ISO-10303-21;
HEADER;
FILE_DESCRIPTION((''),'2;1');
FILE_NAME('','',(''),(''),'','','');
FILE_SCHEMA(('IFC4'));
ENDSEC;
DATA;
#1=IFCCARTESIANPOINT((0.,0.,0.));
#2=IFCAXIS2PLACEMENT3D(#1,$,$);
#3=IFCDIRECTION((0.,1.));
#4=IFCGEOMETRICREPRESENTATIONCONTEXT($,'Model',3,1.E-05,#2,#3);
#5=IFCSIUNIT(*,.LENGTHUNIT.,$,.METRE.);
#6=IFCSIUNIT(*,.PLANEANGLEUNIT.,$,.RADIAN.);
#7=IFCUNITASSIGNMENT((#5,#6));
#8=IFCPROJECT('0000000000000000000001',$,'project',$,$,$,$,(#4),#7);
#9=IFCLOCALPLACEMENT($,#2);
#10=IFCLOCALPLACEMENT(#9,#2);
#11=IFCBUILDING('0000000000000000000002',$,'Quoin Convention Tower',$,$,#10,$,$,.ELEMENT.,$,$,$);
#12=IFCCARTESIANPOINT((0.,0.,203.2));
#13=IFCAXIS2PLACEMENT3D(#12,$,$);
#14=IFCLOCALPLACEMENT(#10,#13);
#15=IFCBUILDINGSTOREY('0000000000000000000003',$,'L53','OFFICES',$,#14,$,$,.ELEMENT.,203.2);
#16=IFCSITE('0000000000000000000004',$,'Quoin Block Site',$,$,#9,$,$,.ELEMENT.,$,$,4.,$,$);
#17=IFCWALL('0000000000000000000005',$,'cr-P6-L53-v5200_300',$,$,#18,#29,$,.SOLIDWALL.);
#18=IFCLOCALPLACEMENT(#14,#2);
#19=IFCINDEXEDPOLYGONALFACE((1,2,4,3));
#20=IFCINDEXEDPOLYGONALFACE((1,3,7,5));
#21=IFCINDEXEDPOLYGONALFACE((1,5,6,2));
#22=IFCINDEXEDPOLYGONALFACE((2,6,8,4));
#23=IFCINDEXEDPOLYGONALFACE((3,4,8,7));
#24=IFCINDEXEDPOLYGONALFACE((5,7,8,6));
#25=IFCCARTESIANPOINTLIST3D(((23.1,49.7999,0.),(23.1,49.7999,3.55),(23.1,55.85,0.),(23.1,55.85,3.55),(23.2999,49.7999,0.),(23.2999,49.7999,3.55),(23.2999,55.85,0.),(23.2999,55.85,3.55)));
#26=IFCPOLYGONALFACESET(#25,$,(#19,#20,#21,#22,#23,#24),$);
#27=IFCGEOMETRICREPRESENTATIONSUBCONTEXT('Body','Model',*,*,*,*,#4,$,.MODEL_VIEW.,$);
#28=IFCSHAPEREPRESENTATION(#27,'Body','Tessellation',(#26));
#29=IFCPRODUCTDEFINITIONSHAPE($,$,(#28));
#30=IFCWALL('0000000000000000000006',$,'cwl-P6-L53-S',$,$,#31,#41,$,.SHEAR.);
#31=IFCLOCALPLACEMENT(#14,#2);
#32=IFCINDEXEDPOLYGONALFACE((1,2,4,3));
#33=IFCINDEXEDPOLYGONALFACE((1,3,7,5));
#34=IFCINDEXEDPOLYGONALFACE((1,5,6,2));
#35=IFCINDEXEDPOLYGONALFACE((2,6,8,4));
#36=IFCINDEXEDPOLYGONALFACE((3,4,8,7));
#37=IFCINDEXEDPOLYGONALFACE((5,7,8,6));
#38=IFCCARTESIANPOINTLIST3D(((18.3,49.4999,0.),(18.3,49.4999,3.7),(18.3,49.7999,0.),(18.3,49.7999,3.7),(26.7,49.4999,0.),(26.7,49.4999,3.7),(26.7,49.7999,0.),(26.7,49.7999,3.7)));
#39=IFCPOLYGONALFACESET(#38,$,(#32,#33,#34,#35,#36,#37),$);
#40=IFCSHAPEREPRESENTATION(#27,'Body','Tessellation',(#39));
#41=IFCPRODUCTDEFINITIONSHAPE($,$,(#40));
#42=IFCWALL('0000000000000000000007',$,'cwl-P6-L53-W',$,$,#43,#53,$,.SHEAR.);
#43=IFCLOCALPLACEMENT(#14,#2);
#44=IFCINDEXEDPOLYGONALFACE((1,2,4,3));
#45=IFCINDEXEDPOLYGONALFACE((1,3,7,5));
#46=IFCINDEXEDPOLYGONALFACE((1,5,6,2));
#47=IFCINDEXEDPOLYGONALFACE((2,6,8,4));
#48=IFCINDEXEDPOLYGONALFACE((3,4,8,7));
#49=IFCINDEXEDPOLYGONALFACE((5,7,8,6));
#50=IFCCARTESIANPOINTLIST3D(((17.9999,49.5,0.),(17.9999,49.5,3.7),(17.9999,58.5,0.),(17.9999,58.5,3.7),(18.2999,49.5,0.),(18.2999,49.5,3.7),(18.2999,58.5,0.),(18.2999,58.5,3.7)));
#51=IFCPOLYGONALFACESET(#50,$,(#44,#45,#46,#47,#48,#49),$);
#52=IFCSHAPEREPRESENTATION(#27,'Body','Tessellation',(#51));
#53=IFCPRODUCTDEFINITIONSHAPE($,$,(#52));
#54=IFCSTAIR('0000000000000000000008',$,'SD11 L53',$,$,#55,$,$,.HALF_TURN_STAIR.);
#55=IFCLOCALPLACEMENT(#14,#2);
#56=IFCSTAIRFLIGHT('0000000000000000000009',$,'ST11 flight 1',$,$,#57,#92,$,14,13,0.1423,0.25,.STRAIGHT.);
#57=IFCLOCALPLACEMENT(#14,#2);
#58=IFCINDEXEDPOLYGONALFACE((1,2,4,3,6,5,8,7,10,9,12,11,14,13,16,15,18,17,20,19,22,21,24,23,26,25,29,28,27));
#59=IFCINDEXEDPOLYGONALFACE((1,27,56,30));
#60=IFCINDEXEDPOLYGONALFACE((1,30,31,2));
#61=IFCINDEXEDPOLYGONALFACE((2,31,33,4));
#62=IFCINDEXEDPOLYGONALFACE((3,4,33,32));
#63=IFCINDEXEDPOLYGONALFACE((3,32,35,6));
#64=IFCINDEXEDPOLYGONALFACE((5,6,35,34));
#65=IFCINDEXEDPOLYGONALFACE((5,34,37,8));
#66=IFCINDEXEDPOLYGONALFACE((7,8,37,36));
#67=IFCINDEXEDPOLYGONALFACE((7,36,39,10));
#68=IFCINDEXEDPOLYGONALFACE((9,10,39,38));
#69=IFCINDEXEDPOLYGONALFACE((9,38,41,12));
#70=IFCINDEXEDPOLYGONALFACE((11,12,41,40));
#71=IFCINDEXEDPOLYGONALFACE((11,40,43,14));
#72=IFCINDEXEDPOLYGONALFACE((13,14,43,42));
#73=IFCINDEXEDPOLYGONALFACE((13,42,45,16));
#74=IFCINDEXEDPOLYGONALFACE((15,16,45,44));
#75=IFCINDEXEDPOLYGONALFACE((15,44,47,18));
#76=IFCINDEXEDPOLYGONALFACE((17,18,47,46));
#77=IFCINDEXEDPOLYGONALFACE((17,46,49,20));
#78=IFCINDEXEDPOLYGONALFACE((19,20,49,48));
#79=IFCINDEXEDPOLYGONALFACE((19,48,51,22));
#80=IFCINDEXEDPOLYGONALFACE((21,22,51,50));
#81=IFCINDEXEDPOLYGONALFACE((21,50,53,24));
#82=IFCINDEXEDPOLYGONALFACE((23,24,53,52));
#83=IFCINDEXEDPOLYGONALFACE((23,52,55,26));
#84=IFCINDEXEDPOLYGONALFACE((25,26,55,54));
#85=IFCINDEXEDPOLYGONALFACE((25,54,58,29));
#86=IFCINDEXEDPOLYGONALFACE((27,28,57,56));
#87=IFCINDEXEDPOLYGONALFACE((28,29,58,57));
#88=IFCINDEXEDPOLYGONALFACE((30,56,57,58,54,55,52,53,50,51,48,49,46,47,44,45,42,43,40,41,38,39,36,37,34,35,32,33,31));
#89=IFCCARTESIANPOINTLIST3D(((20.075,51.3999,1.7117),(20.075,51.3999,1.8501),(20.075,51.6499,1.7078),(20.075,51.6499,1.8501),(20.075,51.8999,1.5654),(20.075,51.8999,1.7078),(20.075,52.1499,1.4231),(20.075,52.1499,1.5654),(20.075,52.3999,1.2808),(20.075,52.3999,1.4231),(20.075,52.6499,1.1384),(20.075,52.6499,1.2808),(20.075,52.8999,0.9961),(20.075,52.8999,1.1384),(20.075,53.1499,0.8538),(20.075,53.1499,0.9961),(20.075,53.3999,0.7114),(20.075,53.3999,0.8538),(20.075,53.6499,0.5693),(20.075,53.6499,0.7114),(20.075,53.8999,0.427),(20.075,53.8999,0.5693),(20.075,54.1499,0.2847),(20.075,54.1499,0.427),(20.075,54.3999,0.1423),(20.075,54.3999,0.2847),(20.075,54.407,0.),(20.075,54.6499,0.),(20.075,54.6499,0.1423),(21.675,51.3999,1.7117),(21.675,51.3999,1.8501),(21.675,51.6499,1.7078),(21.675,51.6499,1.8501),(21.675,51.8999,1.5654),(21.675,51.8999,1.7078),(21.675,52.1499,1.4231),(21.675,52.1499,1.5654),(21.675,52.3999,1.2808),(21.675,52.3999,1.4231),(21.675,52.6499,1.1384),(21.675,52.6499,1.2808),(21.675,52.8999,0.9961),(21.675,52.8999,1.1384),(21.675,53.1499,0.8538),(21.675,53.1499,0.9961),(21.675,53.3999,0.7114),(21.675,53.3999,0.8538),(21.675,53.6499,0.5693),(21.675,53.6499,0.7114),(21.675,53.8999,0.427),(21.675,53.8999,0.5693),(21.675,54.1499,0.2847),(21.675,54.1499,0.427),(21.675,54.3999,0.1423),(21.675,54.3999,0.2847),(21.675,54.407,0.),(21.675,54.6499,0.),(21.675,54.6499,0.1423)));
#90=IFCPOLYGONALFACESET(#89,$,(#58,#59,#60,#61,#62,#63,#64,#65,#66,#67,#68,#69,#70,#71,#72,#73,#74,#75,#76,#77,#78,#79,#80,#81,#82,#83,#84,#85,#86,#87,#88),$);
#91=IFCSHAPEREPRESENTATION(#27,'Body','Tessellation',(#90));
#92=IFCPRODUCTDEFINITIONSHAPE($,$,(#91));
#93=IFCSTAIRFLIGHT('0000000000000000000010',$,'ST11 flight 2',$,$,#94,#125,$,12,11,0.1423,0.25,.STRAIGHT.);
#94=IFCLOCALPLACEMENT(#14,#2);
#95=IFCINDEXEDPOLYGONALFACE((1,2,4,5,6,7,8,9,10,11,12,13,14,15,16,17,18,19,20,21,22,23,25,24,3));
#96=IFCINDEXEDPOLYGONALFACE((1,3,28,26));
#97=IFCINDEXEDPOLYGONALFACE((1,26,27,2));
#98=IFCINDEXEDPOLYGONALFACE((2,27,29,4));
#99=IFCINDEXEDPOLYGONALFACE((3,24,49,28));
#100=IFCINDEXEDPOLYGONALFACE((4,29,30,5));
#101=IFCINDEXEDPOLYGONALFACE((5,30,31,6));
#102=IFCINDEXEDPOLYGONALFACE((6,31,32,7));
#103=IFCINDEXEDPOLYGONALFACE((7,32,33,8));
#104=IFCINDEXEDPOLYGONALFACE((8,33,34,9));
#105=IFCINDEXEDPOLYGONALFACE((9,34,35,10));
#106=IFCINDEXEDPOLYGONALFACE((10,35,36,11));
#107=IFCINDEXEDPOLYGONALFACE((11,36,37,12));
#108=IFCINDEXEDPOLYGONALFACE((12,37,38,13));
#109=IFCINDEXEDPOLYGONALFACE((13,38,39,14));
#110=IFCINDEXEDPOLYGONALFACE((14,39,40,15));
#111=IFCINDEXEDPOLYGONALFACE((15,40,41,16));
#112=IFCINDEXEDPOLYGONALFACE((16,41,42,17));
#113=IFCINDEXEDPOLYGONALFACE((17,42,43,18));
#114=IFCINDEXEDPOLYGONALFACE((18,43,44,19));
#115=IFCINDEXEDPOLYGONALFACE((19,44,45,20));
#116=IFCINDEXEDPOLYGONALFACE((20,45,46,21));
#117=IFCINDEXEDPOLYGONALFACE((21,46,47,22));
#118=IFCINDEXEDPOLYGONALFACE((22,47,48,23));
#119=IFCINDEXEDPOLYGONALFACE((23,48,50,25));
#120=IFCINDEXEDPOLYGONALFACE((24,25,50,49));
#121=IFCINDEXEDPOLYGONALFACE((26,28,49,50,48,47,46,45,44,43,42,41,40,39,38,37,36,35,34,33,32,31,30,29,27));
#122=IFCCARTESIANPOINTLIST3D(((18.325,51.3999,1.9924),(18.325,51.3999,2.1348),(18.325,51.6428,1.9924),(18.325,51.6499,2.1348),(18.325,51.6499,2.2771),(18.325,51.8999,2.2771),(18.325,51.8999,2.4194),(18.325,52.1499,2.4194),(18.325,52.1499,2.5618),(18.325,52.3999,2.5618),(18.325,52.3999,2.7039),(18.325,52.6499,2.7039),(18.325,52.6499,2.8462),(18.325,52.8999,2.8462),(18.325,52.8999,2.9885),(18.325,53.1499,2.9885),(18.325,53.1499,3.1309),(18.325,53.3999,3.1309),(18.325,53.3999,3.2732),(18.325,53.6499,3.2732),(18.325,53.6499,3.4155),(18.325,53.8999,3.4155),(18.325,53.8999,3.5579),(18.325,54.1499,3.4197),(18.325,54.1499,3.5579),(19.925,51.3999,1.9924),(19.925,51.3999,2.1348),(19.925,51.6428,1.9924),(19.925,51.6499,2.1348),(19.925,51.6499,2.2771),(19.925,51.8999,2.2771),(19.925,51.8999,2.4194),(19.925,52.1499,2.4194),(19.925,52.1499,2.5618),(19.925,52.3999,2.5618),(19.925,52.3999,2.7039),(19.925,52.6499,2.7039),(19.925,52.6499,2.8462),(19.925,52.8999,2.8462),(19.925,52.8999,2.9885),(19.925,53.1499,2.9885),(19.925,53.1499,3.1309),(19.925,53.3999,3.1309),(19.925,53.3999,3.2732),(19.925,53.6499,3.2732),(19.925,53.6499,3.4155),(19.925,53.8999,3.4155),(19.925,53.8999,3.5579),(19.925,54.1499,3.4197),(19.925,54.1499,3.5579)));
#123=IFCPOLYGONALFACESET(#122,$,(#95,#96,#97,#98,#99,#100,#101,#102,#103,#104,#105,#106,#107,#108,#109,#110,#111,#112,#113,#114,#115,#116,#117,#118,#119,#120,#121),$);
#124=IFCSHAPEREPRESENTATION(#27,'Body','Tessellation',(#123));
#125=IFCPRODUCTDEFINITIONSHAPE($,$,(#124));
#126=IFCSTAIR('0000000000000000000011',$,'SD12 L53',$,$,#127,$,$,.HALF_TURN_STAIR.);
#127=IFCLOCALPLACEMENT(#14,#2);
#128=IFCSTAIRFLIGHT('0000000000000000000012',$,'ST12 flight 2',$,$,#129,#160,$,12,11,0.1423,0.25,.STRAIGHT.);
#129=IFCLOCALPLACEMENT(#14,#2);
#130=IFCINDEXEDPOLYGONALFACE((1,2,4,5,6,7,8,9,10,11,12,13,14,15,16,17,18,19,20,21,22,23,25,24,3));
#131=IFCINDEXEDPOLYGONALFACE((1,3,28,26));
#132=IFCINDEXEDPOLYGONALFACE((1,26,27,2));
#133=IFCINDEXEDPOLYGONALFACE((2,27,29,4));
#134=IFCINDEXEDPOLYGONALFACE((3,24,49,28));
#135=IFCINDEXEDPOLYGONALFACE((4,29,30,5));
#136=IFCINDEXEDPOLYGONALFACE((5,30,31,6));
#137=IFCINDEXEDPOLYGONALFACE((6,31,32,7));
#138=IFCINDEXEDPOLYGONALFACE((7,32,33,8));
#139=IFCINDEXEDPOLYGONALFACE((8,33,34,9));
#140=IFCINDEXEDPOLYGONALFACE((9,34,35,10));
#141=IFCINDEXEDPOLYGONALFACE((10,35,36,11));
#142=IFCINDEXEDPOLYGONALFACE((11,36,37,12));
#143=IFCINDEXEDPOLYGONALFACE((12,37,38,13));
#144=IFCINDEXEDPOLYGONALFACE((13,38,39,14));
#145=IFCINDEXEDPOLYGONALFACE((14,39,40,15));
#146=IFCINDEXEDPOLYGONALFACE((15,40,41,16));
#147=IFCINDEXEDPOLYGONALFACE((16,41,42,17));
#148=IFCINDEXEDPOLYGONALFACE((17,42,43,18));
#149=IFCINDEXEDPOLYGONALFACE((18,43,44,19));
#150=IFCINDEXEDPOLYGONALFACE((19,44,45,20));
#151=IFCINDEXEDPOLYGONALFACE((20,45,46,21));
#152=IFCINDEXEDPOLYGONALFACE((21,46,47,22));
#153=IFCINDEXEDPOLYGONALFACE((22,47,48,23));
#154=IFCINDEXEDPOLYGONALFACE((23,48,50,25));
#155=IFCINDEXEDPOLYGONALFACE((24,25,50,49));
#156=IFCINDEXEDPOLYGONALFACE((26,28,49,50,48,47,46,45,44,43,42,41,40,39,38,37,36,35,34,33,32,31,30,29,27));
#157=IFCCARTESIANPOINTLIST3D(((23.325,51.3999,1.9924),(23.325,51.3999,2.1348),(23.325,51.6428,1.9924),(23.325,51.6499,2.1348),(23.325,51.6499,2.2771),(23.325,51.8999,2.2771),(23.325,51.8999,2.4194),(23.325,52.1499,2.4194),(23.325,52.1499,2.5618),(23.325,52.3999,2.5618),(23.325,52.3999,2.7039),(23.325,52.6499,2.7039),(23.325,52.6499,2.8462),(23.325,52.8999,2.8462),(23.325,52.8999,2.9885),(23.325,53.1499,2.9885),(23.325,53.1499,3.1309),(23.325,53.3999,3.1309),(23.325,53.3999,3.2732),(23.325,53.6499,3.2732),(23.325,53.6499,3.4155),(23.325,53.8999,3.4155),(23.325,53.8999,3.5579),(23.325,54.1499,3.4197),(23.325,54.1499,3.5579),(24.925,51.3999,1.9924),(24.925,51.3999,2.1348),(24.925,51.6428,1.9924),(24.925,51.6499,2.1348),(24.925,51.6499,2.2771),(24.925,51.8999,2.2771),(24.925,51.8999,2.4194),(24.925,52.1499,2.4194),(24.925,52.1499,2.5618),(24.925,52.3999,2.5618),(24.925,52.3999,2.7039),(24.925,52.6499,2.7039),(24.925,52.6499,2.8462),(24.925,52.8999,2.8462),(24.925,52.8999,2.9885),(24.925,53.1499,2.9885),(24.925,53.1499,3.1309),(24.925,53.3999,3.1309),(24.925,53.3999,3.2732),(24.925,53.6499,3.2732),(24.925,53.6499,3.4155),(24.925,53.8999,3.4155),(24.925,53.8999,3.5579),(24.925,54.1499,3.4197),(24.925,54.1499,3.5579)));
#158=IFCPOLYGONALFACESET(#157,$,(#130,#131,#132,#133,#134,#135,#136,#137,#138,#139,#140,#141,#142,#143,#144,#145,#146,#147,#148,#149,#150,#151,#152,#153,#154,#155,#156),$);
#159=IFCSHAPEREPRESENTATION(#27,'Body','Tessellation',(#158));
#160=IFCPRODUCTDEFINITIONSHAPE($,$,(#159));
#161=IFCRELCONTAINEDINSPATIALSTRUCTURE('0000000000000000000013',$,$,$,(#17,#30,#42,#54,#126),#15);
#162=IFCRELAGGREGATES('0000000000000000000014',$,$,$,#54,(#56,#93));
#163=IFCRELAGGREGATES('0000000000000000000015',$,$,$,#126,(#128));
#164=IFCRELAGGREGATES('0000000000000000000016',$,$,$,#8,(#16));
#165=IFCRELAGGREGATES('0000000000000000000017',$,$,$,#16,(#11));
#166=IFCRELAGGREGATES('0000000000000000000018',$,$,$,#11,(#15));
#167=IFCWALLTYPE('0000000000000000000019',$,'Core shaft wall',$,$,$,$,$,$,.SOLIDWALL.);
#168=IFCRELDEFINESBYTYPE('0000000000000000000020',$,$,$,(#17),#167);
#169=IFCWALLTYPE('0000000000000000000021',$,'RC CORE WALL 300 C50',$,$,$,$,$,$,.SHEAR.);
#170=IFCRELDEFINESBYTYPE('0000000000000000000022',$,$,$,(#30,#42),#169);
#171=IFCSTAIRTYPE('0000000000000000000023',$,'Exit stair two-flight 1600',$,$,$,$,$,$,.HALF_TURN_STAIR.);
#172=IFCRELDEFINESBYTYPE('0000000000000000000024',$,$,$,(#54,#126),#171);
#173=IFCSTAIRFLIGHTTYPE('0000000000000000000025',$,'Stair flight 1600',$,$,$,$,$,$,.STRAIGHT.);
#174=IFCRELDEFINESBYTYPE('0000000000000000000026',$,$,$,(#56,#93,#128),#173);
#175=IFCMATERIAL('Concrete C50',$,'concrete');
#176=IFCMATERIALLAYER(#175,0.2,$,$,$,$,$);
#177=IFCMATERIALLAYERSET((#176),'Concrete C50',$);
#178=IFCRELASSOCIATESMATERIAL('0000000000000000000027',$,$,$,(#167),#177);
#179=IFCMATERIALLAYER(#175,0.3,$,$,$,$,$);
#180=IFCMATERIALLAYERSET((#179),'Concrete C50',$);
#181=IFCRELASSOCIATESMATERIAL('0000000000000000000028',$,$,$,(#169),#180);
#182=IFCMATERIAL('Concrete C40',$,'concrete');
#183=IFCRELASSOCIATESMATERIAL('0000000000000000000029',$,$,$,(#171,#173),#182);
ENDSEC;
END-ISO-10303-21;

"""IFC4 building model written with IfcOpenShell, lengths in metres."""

from ifc_helpers import new_model, si_unit, direction, frame, frame_2d, origin, place, context, subcontext, project, spatial, polyline, rectangle, outline, extrude, material, layer, layer_set, type_object, element, aggregate, save


model = new_model("IFC4")

# Units and contexts
model_context = context("Model", 3, precision=1e-05, world=origin(), true_north=direction((0.0, 1.0)))
body_context = subcontext(model_context, "Body", "Model", "MODEL_VIEW")
ifc_project = project(units=[si_unit("LENGTHUNIT", "METRE"), si_unit("PLANEANGLEUNIT", "RADIAN")], contexts=[model_context])

# Site, building, storey
site_placement = place(None, origin())
site = spatial("IfcSite", under=ifc_project, at=site_placement, Name="Quoin Block Site", CompositionType="ELEMENT", RefElevation=4.0)
building_placement = place(site_placement, origin())
building = spatial("IfcBuilding", under=site, at=building_placement, Name="Quoin Convention Tower", CompositionType="ELEMENT")
storey_placement = place(building_placement, frame((0.0, 0.0, 203.2)))
storey = spatial("IfcBuildingStorey", under=building, at=storey_placement, Name="L53", Description="OFFICES", CompositionType="ELEMENT", Elevation=203.2)

# Shared definitions
ifc_material_1 = material(Name="Concrete C50", Category="concrete")

# Shared definitions
ifc_layer_1 = layer(ifc_material_1, 0.2)
ifc_layer_set_1 = layer_set([ifc_layer_1], Name="Concrete C50")
wall_type_1 = type_object("IfcWallType", Name="Core shaft wall", PredefinedType="SOLIDWALL", material=ifc_layer_set_1)

# Walls
for number, where, z_axis, x_axis, name in (
    (1, (23.2, 49.8, 0.0), (0.0, 0.0, 1.0), (0.0, 1.0, 0.0), "cr-P6-L53-v5200_300"),
):
    element("IfcWall", number, at=place(storey_placement, frame(where, z_axis=z_axis, x_axis=x_axis)), inside=storey, type_object=wall_type_1, Name=name, PredefinedType="SOLIDWALL", context=body_context, shape_type="SweptSolid", body=[
        extrude(rectangle(XDim=6.05, YDim=0.2, at=frame_2d((3.0249, 0.0))), origin(), (0.0, 0.0, 1.0), 3.55),
    ])
ifc_layer_2 = layer(ifc_material_1, 0.3)
ifc_layer_set_2 = layer_set([ifc_layer_2], Name="Concrete C50")
wall_type_2 = type_object("IfcWallType", Name="RC CORE WALL 300 C50", PredefinedType="SHEAR", material=ifc_layer_set_2)
wall_1_placement = place(storey_placement, frame((18.3, 49.6499, 0.0), z_axis=(0.0, 0.0, 1.0), x_axis=(1.0, 0.0, 0.0)))
element("IfcWall", 2, at=wall_1_placement, inside=storey, type_object=wall_type_2, Name="cwl-P6-L53-S", PredefinedType="SHEAR", context=body_context, shape_type="SweptSolid", body=[
    extrude(rectangle(XDim=8.3999, YDim=0.3, at=frame_2d((4.2, 0.0))), origin(), (0.0, 0.0, 1.0), 3.7),
])
wall_2_placement = place(storey_placement, frame((18.1499, 49.5, 0.0), z_axis=(0.0, 0.0, 1.0), x_axis=(0.0, 1.0, 0.0)))
element("IfcWall", 3, at=wall_2_placement, inside=storey, type_object=wall_type_2, Name="cwl-P6-L53-W", PredefinedType="SHEAR", context=body_context, shape_type="SweptSolid", body=[
    extrude(rectangle(XDim=9.0, YDim=0.3, at=frame_2d((4.5, 0.0))), origin(), (0.0, 0.0, 1.0), 3.7),
])

# Stair, stair flights
ifc_material_2 = material(Name="Concrete C40", Category="concrete")
stair_type = type_object("IfcStairType", Name="Exit stair two-flight 1600", PredefinedType="HALF_TURN_STAIR", material=ifc_material_2)
stair_1_placement = place(storey_placement, origin())
stair_1 = element("IfcStair", 4, at=stair_1_placement, inside=storey, type_object=stair_type, Name="SD11 L53", PredefinedType="HALF_TURN_STAIR")
stair_flight_type = type_object("IfcStairFlightType", Name="Stair flight 1600", PredefinedType="STRAIGHT", material=ifc_material_2)
stair_flight_1_placement = place(storey_placement, frame((20.875, 54.6499, 0.0), z_axis=(0.0, 0.0, 1.0), x_axis=(0.0, -1.0, 0.0)))
stair_flight_1 = element("IfcStairFlight", 5, at=stair_flight_1_placement, type_object=stair_flight_type, Name="ST11 flight 1", NumberOfRisers=14, NumberOfTreads=13, PredefinedType="STRAIGHT", RiserHeight=0.1423, TreadLength=0.25, context=body_context, shape_type="SweptSolid", body=[
    extrude(outline(polyline([(0.0, 0.0), (0.0, 0.1423), (0.25, 0.1423), (0.25, 0.2847), (0.5, 0.2847), (0.5, 0.427), (0.75, 0.427), (0.75, 0.5693), (1.0, 0.5693), (1.0, 0.7114), (1.25, 0.7114), (1.25, 0.8538), (1.5, 0.8538), (1.5, 0.9961), (1.75, 0.9961), (1.75, 1.1384), (2.0, 1.1384), (2.0, 1.2808), (2.25, 1.2808), (2.25, 1.4231), (2.5, 1.4231), (2.5, 1.5654), (2.75, 1.5654), (2.75, 1.7078), (3.0, 1.7078), (3.0, 1.8501), (3.25, 1.8501), (3.25, 1.9922), (3.25, 1.7117), (0.2429, 0.0), (0.0, 0.0)])), frame((0.0, 0.8, 0.0), z_axis=(0.0, -1.0, 0.0), x_axis=(1.0, 0.0, 0.0)), (0.0, 0.0, 1.0), 1.6001),
])
stair_flight_2_placement = place(storey_placement, frame((19.125, 51.3999, 1.9924), z_axis=(0.0, 0.0, 1.0), x_axis=(0.0, 1.0, 0.0)))
stair_flight_2 = element("IfcStairFlight", 6, at=stair_flight_2_placement, type_object=stair_flight_type, Name="ST11 flight 2", NumberOfRisers=12, NumberOfTreads=11, PredefinedType="STRAIGHT", RiserHeight=0.1423, TreadLength=0.25, context=body_context, shape_type="SweptSolid", body=[
    extrude(outline(polyline([(0.0, 0.0), (0.0, 0.1423), (0.25, 0.1423), (0.25, 0.2847), (0.5, 0.2847), (0.5, 0.427), (0.75, 0.427), (0.75, 0.5693), (1.0, 0.5693), (1.0, 0.7114), (1.25, 0.7114), (1.25, 0.8538), (1.5, 0.8538), (1.5, 0.9961), (1.75, 0.9961), (1.75, 1.1384), (2.0, 1.1384), (2.0, 1.2808), (2.25, 1.2808), (2.25, 1.4231), (2.5, 1.4231), (2.5, 1.5654), (2.75, 1.5654), (2.75, 1.7078), (2.75, 1.4272), (0.2429, 0.0), (0.0, 0.0)])), frame((0.0, 0.8, 0.0), z_axis=(0.0, -1.0, 0.0), x_axis=(1.0, 0.0, 0.0)), (0.0, 0.0, 1.0), 1.6001),
])
aggregate(stair_1, [stair_flight_1, stair_flight_2])

# Stair, stair flight
stair_2_placement = place(storey_placement, origin())
stair_2 = element("IfcStair", 7, at=stair_2_placement, inside=storey, type_object=stair_type, Name="SD12 L53", PredefinedType="HALF_TURN_STAIR")
stair_flight_3_placement = place(storey_placement, frame((24.125, 51.3999, 1.9924), z_axis=(0.0, 0.0, 1.0), x_axis=(0.0, 1.0, 0.0)))
stair_flight_3 = element("IfcStairFlight", 8, at=stair_flight_3_placement, type_object=stair_flight_type, Name="ST12 flight 2", NumberOfRisers=12, NumberOfTreads=11, PredefinedType="STRAIGHT", RiserHeight=0.1423, TreadLength=0.25, context=body_context, shape_type="SweptSolid", body=[
    extrude(outline(polyline([(0.0, 0.0), (0.0, 0.1423), (0.25, 0.1423), (0.25, 0.2847), (0.5, 0.2847), (0.5, 0.427), (0.75, 0.427), (0.75, 0.5693), (1.0, 0.5693), (1.0, 0.7114), (1.25, 0.7114), (1.25, 0.8538), (1.5, 0.8538), (1.5, 0.9961), (1.75, 0.9961), (1.75, 1.1384), (2.0, 1.1384), (2.0, 1.2808), (2.25, 1.2808), (2.25, 1.4231), (2.5, 1.4231), (2.5, 1.5654), (2.75, 1.5654), (2.75, 1.7078), (2.75, 1.4272), (0.2429, 0.0), (0.0, 0.0)])), frame((0.0, 0.8, 0.0), z_axis=(0.0, -1.0, 0.0), x_axis=(1.0, 0.0, 0.0)), (0.0, 0.0, 1.0), 1.6001),
])
aggregate(stair_2, [stair_flight_3])

save(model, "model.ifc")
